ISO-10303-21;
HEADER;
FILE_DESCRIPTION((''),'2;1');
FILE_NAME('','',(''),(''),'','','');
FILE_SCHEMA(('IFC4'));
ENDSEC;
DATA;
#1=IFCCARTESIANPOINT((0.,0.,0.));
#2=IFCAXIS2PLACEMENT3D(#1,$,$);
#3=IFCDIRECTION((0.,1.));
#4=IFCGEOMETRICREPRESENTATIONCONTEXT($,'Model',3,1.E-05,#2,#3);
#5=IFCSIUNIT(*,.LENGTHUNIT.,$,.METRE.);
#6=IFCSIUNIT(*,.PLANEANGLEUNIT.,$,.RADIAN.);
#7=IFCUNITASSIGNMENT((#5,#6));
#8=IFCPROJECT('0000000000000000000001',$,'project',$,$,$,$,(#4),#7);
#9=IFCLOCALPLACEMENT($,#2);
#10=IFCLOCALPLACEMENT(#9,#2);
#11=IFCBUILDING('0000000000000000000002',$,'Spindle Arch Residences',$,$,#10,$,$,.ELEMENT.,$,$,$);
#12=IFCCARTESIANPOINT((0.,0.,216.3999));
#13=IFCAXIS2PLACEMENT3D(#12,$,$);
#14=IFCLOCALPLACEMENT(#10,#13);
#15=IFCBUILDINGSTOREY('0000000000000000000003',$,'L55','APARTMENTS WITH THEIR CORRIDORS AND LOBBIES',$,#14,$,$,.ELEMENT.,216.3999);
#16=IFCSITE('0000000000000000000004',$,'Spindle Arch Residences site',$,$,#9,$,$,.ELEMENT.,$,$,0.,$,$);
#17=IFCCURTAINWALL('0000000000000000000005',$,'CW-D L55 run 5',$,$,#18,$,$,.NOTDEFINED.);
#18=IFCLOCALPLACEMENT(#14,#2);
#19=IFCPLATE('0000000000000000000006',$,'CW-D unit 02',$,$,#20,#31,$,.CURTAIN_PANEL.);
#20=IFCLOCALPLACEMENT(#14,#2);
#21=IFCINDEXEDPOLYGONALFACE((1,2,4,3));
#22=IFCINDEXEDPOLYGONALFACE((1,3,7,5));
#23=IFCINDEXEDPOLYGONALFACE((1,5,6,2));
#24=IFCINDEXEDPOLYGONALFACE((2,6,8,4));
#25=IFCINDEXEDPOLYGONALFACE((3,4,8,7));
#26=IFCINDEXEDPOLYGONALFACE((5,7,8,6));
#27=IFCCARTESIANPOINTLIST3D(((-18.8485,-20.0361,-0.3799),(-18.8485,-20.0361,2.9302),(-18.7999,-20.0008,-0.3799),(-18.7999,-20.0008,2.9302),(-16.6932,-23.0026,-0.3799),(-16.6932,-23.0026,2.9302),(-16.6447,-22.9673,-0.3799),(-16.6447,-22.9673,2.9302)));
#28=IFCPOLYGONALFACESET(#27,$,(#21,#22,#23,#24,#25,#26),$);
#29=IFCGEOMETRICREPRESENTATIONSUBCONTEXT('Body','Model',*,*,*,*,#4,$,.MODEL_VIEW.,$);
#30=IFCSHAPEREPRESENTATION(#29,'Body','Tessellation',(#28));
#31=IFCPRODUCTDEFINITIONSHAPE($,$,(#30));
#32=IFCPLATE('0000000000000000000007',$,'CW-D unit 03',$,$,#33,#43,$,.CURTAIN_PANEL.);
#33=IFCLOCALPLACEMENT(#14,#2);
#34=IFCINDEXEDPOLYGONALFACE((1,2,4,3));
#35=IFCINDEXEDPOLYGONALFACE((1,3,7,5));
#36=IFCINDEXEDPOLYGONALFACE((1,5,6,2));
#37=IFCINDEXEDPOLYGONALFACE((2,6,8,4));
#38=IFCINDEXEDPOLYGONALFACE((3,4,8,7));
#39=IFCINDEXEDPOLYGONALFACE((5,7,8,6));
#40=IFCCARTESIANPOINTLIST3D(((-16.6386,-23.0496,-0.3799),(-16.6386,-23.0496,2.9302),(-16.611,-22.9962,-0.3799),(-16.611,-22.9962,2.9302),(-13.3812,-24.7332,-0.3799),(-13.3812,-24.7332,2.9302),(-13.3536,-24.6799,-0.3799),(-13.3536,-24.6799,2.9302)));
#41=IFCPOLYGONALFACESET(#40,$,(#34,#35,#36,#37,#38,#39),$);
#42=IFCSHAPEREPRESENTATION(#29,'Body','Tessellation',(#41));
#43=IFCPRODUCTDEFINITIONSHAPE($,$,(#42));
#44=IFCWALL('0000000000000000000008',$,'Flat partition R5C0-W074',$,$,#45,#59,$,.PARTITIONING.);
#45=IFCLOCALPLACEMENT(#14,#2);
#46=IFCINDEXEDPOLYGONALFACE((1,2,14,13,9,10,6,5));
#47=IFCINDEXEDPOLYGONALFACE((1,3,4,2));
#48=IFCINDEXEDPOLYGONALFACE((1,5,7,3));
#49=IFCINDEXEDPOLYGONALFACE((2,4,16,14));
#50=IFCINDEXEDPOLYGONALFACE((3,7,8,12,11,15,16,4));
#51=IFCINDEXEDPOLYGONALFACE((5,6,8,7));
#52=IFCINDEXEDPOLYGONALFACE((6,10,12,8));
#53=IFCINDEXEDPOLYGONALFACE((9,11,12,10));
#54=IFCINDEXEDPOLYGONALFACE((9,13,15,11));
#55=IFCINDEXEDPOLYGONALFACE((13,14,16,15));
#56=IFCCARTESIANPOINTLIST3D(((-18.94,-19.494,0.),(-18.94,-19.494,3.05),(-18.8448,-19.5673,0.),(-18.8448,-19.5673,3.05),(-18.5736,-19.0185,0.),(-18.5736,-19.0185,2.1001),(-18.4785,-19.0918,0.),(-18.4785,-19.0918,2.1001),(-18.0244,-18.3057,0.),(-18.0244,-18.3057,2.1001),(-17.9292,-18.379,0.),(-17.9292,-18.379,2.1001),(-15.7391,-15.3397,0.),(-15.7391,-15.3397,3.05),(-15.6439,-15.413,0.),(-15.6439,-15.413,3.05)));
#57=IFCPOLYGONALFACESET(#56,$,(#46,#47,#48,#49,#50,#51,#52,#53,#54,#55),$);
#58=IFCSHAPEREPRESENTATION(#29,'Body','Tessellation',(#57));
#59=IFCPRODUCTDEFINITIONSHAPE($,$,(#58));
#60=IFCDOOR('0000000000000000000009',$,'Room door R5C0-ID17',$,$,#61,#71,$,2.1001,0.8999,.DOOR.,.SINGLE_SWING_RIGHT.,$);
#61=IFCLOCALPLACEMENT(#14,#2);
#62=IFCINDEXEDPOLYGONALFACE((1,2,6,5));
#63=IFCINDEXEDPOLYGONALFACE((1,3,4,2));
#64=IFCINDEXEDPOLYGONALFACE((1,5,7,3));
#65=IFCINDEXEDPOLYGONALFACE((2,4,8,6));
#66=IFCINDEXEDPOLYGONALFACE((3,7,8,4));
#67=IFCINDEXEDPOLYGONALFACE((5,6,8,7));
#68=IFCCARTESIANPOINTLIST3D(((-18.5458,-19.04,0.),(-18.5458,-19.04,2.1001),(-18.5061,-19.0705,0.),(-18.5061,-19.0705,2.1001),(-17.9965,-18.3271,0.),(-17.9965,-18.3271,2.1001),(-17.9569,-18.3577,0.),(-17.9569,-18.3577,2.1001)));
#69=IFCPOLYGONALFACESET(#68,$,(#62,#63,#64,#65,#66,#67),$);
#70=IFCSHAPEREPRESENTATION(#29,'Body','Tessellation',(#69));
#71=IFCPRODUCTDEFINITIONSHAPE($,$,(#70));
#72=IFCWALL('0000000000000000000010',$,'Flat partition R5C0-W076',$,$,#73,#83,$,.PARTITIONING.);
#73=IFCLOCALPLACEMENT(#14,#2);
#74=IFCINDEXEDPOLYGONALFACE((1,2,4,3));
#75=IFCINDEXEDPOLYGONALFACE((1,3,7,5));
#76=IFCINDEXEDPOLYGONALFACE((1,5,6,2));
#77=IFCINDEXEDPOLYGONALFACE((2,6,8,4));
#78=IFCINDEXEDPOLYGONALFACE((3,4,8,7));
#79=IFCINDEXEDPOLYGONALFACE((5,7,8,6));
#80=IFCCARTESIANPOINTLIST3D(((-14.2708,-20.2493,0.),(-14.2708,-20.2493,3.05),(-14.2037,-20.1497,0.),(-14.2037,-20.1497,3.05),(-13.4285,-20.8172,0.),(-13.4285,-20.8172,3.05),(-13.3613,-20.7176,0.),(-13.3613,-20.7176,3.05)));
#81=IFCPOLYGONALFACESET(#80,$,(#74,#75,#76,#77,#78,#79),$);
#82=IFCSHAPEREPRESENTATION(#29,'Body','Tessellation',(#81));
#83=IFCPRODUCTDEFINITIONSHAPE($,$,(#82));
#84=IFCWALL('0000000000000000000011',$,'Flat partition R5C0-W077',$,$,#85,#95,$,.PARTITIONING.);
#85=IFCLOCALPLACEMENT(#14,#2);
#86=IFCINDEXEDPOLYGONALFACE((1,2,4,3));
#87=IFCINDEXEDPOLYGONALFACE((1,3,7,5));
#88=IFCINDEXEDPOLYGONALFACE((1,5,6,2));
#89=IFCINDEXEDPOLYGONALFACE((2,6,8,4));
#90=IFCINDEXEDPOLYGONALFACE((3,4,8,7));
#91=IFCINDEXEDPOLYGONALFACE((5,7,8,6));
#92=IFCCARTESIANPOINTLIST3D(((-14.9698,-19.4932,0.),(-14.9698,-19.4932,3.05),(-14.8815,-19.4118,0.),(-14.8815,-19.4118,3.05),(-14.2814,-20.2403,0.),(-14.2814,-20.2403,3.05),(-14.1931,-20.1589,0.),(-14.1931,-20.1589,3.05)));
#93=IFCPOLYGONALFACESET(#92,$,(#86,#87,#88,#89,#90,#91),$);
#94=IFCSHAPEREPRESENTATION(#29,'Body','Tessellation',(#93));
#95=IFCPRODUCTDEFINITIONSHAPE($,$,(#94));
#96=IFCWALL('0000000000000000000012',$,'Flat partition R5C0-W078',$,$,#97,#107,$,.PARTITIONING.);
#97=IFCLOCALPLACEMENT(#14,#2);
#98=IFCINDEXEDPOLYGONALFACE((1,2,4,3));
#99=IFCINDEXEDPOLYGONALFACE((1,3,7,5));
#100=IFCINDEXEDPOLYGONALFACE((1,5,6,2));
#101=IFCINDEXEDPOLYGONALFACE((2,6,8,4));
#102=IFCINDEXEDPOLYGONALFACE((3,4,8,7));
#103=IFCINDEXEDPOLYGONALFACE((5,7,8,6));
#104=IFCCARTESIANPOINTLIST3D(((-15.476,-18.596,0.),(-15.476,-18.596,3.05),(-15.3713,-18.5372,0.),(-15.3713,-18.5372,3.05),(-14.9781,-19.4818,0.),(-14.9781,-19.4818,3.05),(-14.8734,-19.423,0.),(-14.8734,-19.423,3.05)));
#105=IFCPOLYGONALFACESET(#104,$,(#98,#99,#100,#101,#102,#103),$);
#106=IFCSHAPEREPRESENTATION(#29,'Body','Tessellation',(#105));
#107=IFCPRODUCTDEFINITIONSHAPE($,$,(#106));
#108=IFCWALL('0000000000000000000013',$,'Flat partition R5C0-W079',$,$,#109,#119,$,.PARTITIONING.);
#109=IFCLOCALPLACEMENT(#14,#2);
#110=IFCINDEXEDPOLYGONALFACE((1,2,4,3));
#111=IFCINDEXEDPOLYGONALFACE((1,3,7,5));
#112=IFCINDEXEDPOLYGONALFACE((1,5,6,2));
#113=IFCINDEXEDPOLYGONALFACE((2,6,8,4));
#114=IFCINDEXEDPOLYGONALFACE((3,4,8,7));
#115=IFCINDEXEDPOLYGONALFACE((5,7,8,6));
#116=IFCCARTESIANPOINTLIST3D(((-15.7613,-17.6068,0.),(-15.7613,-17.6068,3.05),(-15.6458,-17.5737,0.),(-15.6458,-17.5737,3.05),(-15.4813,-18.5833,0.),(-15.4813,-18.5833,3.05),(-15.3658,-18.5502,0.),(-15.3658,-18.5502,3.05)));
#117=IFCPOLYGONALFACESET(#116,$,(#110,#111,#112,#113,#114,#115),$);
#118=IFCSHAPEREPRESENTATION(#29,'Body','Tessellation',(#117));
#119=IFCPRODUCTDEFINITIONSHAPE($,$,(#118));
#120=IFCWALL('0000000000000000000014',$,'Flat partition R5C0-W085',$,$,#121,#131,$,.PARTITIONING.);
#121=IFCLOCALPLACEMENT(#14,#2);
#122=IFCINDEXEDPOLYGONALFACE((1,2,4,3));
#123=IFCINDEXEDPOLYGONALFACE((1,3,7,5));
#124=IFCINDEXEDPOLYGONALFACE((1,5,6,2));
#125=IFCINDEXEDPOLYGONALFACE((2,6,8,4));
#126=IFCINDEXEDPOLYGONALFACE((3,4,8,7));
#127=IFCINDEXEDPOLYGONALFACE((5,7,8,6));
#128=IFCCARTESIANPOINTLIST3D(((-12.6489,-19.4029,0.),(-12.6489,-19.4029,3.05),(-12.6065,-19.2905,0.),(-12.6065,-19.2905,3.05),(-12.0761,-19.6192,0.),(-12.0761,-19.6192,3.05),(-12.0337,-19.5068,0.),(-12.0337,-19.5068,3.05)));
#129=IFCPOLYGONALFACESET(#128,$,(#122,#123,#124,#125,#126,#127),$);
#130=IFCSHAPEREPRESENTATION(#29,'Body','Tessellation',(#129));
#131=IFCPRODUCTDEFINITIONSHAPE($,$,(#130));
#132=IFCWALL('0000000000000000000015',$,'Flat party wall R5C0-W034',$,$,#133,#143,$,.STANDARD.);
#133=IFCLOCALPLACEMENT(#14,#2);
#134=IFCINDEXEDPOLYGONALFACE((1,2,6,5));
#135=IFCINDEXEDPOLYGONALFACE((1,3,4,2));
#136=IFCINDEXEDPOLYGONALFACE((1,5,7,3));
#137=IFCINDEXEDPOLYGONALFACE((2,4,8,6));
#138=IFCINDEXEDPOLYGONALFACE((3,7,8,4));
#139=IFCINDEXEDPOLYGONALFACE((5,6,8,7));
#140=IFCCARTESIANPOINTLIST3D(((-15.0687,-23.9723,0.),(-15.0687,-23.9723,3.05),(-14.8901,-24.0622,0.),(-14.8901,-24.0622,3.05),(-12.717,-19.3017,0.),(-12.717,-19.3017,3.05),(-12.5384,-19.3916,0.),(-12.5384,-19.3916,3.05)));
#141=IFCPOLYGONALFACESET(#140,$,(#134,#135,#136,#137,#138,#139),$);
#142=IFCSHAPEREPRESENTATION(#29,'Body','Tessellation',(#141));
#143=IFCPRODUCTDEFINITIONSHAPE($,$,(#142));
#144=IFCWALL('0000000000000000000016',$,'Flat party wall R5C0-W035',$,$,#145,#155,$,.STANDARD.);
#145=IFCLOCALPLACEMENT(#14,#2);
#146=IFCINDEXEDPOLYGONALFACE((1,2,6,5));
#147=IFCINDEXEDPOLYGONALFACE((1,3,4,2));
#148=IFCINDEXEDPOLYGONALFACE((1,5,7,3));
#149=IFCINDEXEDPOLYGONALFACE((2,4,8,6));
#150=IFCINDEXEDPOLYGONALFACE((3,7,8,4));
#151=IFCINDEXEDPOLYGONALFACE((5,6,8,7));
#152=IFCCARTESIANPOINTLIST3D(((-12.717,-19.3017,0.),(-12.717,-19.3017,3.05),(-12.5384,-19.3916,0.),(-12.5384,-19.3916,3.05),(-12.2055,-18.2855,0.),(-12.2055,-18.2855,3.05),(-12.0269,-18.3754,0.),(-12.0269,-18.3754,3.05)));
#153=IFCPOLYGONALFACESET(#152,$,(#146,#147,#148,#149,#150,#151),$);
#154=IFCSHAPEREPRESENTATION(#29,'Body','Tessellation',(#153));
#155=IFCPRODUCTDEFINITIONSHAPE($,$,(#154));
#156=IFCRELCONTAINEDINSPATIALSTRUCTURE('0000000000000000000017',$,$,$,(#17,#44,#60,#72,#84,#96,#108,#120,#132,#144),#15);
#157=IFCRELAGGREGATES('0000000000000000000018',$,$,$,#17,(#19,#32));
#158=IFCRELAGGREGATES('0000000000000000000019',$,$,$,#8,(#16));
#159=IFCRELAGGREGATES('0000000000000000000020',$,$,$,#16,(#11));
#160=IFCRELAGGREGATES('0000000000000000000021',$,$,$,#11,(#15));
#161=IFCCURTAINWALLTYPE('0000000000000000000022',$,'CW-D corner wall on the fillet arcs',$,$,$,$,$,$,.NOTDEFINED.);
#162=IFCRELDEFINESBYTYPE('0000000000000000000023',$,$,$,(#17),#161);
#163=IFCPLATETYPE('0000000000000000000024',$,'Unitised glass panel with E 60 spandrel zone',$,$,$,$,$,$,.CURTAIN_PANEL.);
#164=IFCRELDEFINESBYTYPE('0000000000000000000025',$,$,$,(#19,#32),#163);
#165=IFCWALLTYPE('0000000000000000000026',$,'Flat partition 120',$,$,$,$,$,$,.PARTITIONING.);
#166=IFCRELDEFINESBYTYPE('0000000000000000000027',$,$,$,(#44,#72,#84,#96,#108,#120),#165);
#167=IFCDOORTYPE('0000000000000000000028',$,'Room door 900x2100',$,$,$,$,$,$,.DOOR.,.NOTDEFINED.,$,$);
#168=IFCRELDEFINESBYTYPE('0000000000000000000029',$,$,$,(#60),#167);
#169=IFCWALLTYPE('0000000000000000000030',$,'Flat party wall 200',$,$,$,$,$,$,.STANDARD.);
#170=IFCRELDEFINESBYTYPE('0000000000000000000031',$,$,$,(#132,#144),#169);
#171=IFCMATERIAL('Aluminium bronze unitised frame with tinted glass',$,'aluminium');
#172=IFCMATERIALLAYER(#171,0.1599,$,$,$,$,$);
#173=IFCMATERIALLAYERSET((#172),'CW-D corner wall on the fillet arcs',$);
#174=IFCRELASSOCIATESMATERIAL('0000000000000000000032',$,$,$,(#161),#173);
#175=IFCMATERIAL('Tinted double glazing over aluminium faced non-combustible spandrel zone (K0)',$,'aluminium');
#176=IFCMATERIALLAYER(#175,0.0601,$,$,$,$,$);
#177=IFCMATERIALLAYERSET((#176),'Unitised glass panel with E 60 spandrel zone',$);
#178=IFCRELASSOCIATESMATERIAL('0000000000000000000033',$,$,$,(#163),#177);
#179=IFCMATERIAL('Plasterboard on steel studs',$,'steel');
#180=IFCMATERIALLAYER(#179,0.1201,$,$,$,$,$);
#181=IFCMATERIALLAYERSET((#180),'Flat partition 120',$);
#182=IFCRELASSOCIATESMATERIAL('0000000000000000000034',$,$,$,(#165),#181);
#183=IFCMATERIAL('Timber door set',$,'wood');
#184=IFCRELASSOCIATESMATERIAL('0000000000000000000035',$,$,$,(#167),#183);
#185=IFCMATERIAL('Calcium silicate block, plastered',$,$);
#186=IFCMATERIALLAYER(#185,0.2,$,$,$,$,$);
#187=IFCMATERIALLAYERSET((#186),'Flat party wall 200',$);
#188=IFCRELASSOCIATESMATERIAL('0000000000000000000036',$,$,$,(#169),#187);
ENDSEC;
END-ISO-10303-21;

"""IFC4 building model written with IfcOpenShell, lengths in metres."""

from ifc_helpers import new_model, si_unit, direction, frame, frame_2d, origin, origin_2d, place, context, subcontext, project, spatial, rectangle, extrude, material, layer, layer_set, type_object, element, fill, aggregate, save


model = new_model("IFC4")

# Units and contexts
model_context = context("Model", 3, precision=1e-05, world=origin(), true_north=direction((0.0, 1.0)))
body_context = subcontext(model_context, "Body", "Model", "MODEL_VIEW")
ifc_project = project(units=[si_unit("LENGTHUNIT", "METRE"), si_unit("PLANEANGLEUNIT", "RADIAN")], contexts=[model_context])

# Site, building, storey
site_placement = place(None, origin())
site = spatial("IfcSite", under=ifc_project, at=site_placement, Name="Spindle Arch Residences site", CompositionType="ELEMENT", RefElevation=0.0)
building_placement = place(site_placement, origin())
building = spatial("IfcBuilding", under=site, at=building_placement, Name="Spindle Arch Residences", CompositionType="ELEMENT")
storey_placement = place(building_placement, frame((0.0, 0.0, 216.3999)))
storey = spatial("IfcBuildingStorey", under=building, at=storey_placement, Name="L55", Description="APARTMENTS WITH THEIR CORRIDORS AND LOBBIES", CompositionType="ELEMENT", Elevation=216.3999)

# Curtain wall
ifc_material_1 = material(Name="Aluminium bronze unitised frame with tinted glass", Category="aluminium")
ifc_layer_1 = layer(ifc_material_1, 0.1599)
ifc_layer_set_1 = layer_set([ifc_layer_1], Name="CW-D corner wall on the fillet arcs")
curtain_wall_type = type_object("IfcCurtainWallType", Name="CW-D corner wall on the fillet arcs", PredefinedType="NOTDEFINED", material=ifc_layer_set_1)
curtain_wall_placement = place(storey_placement, origin())
curtain_wall = element("IfcCurtainWall", 1, at=curtain_wall_placement, inside=storey, type_object=curtain_wall_type, Name="CW-D L55 run 5", PredefinedType="NOTDEFINED")

# Plates
ifc_material_2 = material(Name="Tinted double glazing over aluminium faced non-combustible spandrel zone (K0)", Category="aluminium")
ifc_layer_2 = layer(ifc_material_2, 0.0601)
ifc_layer_set_2 = layer_set([ifc_layer_2], Name="Unitised glass panel with E 60 spandrel zone")
plate_type = type_object("IfcPlateType", Name="Unitised glass panel with E 60 spandrel zone", PredefinedType="CURTAIN_PANEL", material=ifc_layer_set_2)
plate_1_placement = place(storey_placement, frame((-17.7466, -21.5017, -0.3799), z_axis=(0.0, 0.0, 1.0), x_axis=(0.587785, -0.809017, 0.0)))
plate_1 = element("IfcPlate", 2, at=plate_1_placement, type_object=plate_type, Name="CW-D unit 02", PredefinedType="CURTAIN_PANEL", context=body_context, shape_type="SweptSolid", body=[
    extrude(rectangle(XDim=3.6667, YDim=0.0601, at=origin_2d()), origin(), (0.0, 0.0, 1.0), 3.3101),
])
plate_2_placement = place(storey_placement, frame((-14.9961, -23.8647, -0.3799), z_axis=(0.0, 0.0, 1.0), x_axis=(0.88835, -0.459166, 0.0)))
plate_2 = element("IfcPlate", 3, at=plate_2_placement, type_object=plate_type, Name="CW-D unit 03", PredefinedType="CURTAIN_PANEL", context=body_context, shape_type="SweptSolid", body=[
    extrude(rectangle(XDim=3.6667, YDim=0.0601, at=origin_2d()), origin(), (0.0, 0.0, 1.0), 3.3101),
])
aggregate(curtain_wall, [plate_1, plate_2])

# Wall, opening, door
ifc_material_3 = material(Name="Plasterboard on steel studs", Category="steel")
ifc_layer_3 = layer(ifc_material_3, 0.1201)
ifc_layer_set_3 = layer_set([ifc_layer_3], Name="Flat partition 120")
wall_type_1 = type_object("IfcWallType", Name="Flat partition 120", PredefinedType="PARTITIONING", material=ifc_layer_set_3)
wall_1_placement = place(storey_placement, frame((-18.8923, -19.5305, 0.0), z_axis=(0.0, 0.0, 1.0), x_axis=(0.610347, 0.792134, 0.0)))
wall_1 = element("IfcWall", 4, at=wall_1_placement, inside=storey, type_object=wall_type_1, Name="Flat partition R5C0-W074", PredefinedType="PARTITIONING", context=body_context, shape_type="SweptSolid", body=[
    extrude(rectangle(XDim=5.2444, YDim=0.1201, at=frame_2d((2.6221, 0.0))), origin(), (0.0, 0.0, 1.0), 3.05),
])
opening_placement = place(wall_1_placement, frame((0.6001, 0.0, 0.0)))
opening = element("IfcOpeningElement", 5, at=opening_placement, cuts=wall_1, PredefinedType="OPENING", context=body_context, shape_type="SweptSolid", body=[
    extrude(rectangle(XDim=0.8999, YDim=2.1001, at=frame_2d((0.45, 1.05))), frame((0.0, 0.0701, 0.0), z_axis=(0.0, -1.0, 0.0), x_axis=(1.0, 0.0, 0.0)), (0.0, 0.0, 1.0), 0.1401),
])
ifc_material_4 = material(Name="Timber door set", Category="wood")
door_type = type_object("IfcDoorType", Name="Room door 900x2100", OperationType="NOTDEFINED", PredefinedType="DOOR", material=ifc_material_4)
door_placement = place(opening_placement, origin())
door = element("IfcDoor", 6, at=door_placement, inside=storey, type_object=door_type, Name="Room door R5C0-ID17", OperationType="SINGLE_SWING_RIGHT", OverallHeight=2.1001, OverallWidth=0.8999, PredefinedType="DOOR", context=body_context, shape_type="SweptSolid", body=[
    extrude(rectangle(XDim=0.8999, YDim=2.1001, at=frame_2d((0.45, 1.05))), frame((0.0, 0.0249, 0.0), z_axis=(0.0, -1.0, 0.0), x_axis=(1.0, 0.0, 0.0)), (0.0, 0.0, 1.0), 0.05),
])
fill(opening, door)

# Walls
for number, where, z_axis, x_axis, name in (
    (7, (-13.395, -20.7673, 0.0), (0.0, 0.0, 1.0), (-0.829155, 0.559019, 0.0), "Flat partition R5C0-W076"),
    (8, (-14.2373, -20.1995, 0.0), (0.0, 0.0, 1.0), (-0.677681, 0.735356, 0.0), "Flat partition R5C0-W077"),
):
    element("IfcWall", number, at=place(storey_placement, frame(where, z_axis=z_axis, x_axis=x_axis)), inside=storey, type_object=wall_type_1, Name=name, PredefinedType="PARTITIONING", context=body_context, shape_type="SweptSolid", body=[
        extrude(rectangle(XDim=1.0159, YDim=0.1201, at=frame_2d((0.5078, 0.0))), origin(), (0.0, 0.0, 1.0), 3.05),
    ])
wall_2_placement = place(storey_placement, frame((-14.9258, -19.4524, 0.0), z_axis=(0.0, 0.0, 1.0), x_axis=(-0.489942, 0.871755, 0.0)))
element("IfcWall", 9, at=wall_2_placement, inside=storey, type_object=wall_type_1, Name="Flat partition R5C0-W078", PredefinedType="PARTITIONING", context=body_context, shape_type="SweptSolid", body=[
    extrude(rectangle(XDim=1.0161, YDim=0.1201, at=frame_2d((0.5081, 0.0))), origin(), (0.0, 0.0, 1.0), 3.05),
])
wall_3_placement = place(storey_placement, frame((-15.4236, -18.5667, 0.0), z_axis=(0.0, 0.0, 1.0), x_axis=(-0.275641, 0.961261, 0.0)))
element("IfcWall", 10, at=wall_3_placement, inside=storey, type_object=wall_type_1, Name="Flat partition R5C0-W079", PredefinedType="PARTITIONING", context=body_context, shape_type="SweptSolid", body=[
    extrude(rectangle(XDim=1.0159, YDim=0.1201, at=frame_2d((0.5078, 0.0))), origin(), (0.0, 0.0, 1.0), 3.05),
])
wall_4_placement = place(storey_placement, frame((-12.6277, -19.3467, 0.0), z_axis=(0.0, 0.0, 1.0), x_axis=(0.935507, -0.353308, 0.0)))
element("IfcWall", 11, at=wall_4_placement, inside=storey, type_object=wall_type_1, Name="Flat partition R5C0-W085", PredefinedType="PARTITIONING", context=body_context, shape_type="SweptSolid", body=[
    extrude(rectangle(XDim=0.6123, YDim=0.1201, at=frame_2d((0.3062, 0.0))), origin(), (0.0, 0.0, 1.0), 3.05),
])
ifc_material_5 = material(Name="Calcium silicate block, plastered")
ifc_layer_4 = layer(ifc_material_5, 0.2)
ifc_layer_set_4 = layer_set([ifc_layer_4], Name="Flat party wall 200")
wall_type_2 = type_object("IfcWallType", Name="Flat party wall 200", PredefinedType="STANDARD", material=ifc_layer_set_4)
wall_5_placement = place(storey_placement, frame((-14.9795, -24.0173, 0.0), z_axis=(0.0, 0.0, 1.0), x_axis=(0.449733, 0.893163, 0.0)))
element("IfcWall", 12, at=wall_5_placement, inside=storey, type_object=wall_type_2, Name="Flat party wall R5C0-W034", PredefinedType="STANDARD", context=body_context, shape_type="SweptSolid", body=[
    extrude(rectangle(XDim=5.2292, YDim=0.2, at=frame_2d((2.6147, 0.0))), origin(), (0.0, 0.0, 1.0), 3.05),
])
wall_6_placement = place(storey_placement, frame((-12.6277, -19.3467, 0.0), z_axis=(0.0, 0.0, 1.0), x_axis=(0.449616, 0.893222, 0.0)))
element("IfcWall", 13, at=wall_6_placement, inside=storey, type_object=wall_type_2, Name="Flat party wall R5C0-W035", PredefinedType="STANDARD", context=body_context, shape_type="SweptSolid", body=[
    extrude(rectangle(XDim=1.1377, YDim=0.2, at=frame_2d((0.5688, 0.0))), origin(), (0.0, 0.0, 1.0), 3.05),
])

save(model, "model.ifc")
